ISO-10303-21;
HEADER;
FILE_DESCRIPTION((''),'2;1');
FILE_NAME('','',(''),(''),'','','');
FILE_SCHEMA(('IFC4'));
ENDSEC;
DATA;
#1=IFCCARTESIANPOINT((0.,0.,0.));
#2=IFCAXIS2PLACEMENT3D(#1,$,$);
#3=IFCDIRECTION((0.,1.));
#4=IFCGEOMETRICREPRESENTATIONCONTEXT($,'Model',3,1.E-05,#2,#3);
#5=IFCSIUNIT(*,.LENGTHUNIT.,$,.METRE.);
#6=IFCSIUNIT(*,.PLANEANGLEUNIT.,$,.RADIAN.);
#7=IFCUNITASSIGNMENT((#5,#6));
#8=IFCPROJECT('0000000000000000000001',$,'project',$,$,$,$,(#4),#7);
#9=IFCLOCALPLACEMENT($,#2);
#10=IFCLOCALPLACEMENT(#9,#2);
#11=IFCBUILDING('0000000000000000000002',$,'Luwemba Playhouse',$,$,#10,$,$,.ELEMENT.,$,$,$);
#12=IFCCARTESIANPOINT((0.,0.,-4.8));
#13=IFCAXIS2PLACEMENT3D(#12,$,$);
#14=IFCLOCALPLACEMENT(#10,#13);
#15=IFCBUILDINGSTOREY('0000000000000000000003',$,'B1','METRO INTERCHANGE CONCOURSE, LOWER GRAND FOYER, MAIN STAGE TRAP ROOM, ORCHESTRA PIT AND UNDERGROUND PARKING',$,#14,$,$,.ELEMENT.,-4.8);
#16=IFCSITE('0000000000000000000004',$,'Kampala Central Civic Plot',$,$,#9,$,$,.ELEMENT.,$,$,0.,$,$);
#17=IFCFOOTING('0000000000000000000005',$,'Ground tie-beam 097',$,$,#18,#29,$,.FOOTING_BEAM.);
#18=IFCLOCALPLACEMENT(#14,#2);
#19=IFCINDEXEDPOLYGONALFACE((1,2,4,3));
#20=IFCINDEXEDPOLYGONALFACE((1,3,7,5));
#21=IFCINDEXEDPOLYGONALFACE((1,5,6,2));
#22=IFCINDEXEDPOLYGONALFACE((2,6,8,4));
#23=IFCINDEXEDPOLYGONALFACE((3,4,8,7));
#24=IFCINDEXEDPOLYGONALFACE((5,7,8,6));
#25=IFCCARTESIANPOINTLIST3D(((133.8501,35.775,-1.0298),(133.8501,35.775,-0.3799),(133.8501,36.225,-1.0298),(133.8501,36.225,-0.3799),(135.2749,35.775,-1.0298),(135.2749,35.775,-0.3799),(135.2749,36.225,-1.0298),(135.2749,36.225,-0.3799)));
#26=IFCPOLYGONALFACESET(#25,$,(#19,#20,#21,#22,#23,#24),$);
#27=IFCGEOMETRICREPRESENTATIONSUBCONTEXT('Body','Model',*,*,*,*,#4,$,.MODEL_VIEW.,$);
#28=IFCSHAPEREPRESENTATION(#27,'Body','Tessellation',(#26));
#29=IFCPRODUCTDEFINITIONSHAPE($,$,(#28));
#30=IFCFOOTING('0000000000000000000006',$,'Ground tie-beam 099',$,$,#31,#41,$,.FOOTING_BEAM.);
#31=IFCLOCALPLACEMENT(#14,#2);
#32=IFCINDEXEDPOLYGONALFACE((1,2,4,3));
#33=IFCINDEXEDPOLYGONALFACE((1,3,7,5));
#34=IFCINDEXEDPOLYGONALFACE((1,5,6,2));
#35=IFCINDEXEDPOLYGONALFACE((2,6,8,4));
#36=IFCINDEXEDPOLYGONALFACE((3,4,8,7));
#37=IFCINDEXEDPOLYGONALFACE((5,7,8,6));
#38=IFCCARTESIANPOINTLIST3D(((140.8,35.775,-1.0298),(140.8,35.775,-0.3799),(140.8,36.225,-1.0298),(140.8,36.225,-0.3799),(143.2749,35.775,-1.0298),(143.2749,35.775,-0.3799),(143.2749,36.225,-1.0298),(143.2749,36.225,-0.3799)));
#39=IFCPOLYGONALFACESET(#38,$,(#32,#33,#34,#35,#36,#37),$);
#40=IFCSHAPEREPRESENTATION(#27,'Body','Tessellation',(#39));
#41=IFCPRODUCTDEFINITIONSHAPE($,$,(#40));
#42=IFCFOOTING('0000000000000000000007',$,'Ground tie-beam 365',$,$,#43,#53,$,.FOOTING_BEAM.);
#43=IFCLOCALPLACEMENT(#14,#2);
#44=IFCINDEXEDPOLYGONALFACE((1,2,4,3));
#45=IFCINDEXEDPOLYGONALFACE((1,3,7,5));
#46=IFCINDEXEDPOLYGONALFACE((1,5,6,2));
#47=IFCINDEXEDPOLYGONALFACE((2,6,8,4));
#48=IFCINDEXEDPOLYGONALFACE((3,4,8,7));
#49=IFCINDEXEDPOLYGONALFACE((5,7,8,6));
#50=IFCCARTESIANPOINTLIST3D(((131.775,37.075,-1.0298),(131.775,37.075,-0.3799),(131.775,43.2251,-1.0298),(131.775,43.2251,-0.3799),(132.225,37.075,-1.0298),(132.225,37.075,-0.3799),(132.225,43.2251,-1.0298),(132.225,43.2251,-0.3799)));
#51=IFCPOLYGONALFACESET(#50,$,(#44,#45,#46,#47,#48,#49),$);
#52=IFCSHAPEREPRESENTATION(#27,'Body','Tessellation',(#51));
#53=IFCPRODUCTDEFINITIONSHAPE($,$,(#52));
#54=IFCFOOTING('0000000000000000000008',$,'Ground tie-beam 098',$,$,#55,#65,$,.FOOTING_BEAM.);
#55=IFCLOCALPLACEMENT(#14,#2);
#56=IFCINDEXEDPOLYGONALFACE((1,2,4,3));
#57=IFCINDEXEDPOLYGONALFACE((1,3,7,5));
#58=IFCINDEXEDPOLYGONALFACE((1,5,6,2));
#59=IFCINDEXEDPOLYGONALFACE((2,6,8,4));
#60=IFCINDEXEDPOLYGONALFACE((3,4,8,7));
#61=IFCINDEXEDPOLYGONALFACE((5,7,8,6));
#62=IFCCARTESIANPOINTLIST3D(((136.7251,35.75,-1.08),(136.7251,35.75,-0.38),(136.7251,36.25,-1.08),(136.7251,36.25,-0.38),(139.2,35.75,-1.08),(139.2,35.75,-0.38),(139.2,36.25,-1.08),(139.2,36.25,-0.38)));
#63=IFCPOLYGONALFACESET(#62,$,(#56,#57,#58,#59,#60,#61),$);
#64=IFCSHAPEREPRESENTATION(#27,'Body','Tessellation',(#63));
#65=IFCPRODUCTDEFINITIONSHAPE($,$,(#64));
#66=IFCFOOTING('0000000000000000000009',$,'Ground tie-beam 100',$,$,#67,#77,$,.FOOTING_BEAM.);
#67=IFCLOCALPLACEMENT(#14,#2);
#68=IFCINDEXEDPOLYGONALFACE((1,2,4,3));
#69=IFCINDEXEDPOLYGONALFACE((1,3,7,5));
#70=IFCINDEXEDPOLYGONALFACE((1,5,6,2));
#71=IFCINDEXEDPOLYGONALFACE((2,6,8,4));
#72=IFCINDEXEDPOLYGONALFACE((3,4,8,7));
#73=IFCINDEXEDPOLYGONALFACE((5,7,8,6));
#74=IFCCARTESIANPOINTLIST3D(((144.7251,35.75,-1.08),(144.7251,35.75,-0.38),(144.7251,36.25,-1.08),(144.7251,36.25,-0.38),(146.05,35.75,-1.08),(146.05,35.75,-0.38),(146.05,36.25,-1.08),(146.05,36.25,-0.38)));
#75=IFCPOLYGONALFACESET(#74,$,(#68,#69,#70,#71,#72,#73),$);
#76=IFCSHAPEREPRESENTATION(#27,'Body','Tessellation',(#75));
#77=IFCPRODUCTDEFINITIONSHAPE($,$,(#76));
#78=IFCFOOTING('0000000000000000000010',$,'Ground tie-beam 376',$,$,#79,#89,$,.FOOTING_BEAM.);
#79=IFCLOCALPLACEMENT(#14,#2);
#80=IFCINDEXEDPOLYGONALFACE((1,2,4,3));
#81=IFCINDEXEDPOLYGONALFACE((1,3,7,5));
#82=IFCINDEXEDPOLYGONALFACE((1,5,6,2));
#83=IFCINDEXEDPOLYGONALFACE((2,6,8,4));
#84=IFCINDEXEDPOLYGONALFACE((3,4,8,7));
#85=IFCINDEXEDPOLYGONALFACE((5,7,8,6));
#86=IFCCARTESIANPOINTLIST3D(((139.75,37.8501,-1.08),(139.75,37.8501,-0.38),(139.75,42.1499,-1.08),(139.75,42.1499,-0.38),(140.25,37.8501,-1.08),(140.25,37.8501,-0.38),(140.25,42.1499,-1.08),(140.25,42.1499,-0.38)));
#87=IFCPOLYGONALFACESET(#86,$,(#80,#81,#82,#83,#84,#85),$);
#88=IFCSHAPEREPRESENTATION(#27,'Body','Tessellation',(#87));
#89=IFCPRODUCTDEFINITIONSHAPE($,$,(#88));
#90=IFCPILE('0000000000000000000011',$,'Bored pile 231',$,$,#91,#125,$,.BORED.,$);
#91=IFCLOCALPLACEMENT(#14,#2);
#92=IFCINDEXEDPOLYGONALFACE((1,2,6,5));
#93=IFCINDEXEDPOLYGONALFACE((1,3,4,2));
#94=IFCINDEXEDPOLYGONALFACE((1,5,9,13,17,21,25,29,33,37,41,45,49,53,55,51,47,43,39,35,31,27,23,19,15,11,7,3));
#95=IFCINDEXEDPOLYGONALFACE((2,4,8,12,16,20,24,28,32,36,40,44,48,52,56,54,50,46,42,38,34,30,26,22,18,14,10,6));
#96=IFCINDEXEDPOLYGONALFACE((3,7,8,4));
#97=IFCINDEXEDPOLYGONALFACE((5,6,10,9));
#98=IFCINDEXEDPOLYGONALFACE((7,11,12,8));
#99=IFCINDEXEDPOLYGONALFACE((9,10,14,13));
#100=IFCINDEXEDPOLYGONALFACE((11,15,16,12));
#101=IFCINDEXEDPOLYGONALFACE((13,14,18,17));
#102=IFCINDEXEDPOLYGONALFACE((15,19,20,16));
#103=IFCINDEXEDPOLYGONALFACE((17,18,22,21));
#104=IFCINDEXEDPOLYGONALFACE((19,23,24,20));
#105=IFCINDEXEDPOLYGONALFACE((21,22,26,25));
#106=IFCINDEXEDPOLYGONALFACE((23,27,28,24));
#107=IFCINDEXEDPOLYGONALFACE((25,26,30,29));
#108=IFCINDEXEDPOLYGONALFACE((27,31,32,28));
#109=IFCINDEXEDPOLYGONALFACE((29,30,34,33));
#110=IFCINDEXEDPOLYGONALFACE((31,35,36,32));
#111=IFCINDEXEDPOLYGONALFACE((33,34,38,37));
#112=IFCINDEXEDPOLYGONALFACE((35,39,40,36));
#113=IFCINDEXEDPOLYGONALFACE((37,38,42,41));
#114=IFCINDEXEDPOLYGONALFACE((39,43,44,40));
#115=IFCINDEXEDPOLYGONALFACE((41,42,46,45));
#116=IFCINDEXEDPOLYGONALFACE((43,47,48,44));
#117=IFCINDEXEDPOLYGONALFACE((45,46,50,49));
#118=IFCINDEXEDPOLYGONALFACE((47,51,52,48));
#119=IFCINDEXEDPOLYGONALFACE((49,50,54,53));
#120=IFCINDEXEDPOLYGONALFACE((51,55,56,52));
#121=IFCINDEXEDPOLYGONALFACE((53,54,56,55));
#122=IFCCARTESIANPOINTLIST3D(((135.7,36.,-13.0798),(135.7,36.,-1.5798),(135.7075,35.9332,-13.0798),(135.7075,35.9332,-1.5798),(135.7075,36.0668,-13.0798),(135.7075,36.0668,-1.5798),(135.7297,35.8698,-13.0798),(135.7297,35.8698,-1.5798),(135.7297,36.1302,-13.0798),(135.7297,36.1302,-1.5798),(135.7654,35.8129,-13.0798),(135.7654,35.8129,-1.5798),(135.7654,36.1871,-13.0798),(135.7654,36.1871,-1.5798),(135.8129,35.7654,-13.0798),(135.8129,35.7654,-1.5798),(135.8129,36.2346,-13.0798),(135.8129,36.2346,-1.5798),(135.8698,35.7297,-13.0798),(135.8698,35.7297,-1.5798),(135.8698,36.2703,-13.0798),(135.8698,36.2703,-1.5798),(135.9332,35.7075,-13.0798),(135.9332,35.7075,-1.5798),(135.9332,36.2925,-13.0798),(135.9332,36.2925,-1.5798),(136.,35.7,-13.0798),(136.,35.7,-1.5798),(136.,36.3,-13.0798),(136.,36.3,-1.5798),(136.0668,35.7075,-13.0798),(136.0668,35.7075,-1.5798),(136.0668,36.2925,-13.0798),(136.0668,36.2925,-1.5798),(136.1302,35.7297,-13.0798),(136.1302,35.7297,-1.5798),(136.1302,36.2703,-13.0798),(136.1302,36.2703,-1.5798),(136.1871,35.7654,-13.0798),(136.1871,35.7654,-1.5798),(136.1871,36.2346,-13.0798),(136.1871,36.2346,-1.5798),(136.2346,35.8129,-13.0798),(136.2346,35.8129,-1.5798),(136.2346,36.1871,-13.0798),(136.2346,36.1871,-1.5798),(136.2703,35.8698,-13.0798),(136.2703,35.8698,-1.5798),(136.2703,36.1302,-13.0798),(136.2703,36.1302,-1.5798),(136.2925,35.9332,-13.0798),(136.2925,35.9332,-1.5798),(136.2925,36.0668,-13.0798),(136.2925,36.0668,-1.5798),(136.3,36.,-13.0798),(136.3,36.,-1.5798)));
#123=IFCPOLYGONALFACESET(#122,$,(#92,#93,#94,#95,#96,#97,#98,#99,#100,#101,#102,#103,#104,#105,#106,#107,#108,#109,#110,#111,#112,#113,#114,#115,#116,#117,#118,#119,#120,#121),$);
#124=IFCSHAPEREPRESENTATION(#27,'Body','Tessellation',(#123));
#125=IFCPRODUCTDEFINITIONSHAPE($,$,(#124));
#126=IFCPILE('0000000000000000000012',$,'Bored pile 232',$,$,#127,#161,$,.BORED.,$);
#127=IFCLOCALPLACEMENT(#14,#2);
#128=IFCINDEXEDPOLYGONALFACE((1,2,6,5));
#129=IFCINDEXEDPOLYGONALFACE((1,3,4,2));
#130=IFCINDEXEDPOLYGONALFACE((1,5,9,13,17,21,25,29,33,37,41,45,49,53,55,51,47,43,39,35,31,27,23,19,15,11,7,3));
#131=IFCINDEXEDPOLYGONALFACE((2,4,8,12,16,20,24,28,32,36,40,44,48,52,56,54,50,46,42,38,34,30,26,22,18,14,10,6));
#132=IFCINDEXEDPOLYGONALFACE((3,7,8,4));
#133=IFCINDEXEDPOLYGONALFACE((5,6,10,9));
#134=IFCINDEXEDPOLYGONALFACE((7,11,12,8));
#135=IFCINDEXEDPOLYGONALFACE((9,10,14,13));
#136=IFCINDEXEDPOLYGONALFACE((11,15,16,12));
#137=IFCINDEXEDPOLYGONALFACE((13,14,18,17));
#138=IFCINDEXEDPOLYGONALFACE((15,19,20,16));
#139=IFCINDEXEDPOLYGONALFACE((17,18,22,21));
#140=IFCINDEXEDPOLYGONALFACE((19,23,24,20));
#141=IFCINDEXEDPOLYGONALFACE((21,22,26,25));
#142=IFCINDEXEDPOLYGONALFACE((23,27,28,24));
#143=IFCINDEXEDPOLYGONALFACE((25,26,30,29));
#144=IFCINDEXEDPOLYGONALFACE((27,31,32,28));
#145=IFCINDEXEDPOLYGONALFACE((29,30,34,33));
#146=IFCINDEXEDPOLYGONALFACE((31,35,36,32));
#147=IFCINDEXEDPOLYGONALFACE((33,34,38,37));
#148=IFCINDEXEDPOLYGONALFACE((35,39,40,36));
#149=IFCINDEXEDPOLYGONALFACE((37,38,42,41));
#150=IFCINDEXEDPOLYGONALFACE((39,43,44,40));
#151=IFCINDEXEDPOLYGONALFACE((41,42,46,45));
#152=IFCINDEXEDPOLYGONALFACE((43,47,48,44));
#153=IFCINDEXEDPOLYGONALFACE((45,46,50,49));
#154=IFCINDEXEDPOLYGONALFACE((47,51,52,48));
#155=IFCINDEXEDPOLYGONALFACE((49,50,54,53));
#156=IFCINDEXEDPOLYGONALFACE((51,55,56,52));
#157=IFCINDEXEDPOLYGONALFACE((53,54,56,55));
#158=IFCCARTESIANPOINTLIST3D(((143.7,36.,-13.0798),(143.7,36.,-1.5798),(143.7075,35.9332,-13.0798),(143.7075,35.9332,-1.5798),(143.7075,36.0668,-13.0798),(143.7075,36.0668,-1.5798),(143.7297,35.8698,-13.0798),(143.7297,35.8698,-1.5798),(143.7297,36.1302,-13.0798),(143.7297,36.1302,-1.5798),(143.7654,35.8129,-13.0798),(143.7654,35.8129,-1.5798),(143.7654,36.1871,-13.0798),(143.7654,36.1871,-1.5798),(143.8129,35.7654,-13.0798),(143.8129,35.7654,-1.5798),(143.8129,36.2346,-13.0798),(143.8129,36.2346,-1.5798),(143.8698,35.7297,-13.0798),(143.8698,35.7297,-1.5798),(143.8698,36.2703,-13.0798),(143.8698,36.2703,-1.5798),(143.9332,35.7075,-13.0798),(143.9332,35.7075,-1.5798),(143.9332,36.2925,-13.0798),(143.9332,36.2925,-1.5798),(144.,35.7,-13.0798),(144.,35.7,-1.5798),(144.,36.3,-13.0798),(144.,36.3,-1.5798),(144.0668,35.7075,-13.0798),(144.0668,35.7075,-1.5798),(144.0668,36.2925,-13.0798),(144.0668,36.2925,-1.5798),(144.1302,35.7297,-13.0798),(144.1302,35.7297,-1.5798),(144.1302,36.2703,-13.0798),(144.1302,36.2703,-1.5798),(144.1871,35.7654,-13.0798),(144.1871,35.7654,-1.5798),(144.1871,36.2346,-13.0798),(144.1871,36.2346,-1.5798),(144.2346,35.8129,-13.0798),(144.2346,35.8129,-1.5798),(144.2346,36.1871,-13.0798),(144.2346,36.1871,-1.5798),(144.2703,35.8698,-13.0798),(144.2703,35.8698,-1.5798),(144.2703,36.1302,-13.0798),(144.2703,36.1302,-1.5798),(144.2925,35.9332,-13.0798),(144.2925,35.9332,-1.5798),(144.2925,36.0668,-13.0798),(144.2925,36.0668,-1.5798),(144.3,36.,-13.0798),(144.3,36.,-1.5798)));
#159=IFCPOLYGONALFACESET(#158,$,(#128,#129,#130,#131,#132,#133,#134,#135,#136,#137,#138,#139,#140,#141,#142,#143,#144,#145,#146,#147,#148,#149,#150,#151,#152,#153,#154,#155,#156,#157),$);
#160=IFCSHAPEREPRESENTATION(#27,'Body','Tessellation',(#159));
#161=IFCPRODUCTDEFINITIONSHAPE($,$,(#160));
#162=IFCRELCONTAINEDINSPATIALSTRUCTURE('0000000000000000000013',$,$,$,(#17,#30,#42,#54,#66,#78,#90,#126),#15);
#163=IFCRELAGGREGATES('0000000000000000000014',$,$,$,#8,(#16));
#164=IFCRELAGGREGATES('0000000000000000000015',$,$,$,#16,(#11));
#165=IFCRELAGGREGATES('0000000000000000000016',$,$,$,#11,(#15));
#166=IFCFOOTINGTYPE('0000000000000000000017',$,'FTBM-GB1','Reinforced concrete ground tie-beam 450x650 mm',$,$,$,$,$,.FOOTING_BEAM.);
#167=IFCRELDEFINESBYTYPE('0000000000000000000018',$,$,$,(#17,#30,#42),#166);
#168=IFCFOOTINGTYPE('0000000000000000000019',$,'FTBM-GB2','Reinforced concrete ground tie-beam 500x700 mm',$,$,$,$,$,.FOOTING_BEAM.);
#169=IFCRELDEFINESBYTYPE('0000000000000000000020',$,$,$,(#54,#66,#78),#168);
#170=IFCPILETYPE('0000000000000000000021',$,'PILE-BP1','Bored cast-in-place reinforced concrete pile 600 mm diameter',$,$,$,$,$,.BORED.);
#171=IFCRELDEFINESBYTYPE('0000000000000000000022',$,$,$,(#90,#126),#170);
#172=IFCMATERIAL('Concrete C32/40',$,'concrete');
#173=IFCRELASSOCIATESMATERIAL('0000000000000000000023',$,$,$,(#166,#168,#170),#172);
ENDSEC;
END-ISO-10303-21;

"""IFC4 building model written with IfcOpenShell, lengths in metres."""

from ifc_helpers import new_model, si_unit, direction, frame, origin, origin_2d, place, context, subcontext, project, spatial, rectangle, circle, extrude, material, material_profile, profile_set, type_object, element, save


model = new_model("IFC4")

# Units and contexts
model_context = context("Model", 3, precision=1e-05, world=origin(), true_north=direction((0.0, 1.0)))
body_context = subcontext(model_context, "Body", "Model", "MODEL_VIEW")
ifc_project = project(units=[si_unit("LENGTHUNIT", "METRE"), si_unit("PLANEANGLEUNIT", "RADIAN")], contexts=[model_context])

# Site, building, storey
site_placement = place(None, origin())
site = spatial("IfcSite", under=ifc_project, at=site_placement, Name="Kampala Central Civic Plot", CompositionType="ELEMENT", RefElevation=0.0)
building_placement = place(site_placement, origin())
building = spatial("IfcBuilding", under=site, at=building_placement, Name="Luwemba Playhouse", CompositionType="ELEMENT")
storey_placement = place(building_placement, frame((0.0, 0.0, -4.8)))
storey = spatial("IfcBuildingStorey", under=building, at=storey_placement, Name="B1", Description="METRO INTERCHANGE CONCOURSE, LOWER GRAND FOYER, MAIN STAGE TRAP ROOM, ORCHESTRA PIT AND UNDERGROUND PARKING", CompositionType="ELEMENT", Elevation=-4.8)

# Footings
ifc_material_1 = material(Name="Concrete C32/40", Category="concrete")
ifc_material_profile_1 = material_profile(ifc_material_1, rectangle(XDim=0.45, YDim=0.6499, at=origin_2d()))
ifc_profile_set_1 = profile_set([ifc_material_profile_1], Name="Concrete C32/40")
footing_type_1 = type_object("IfcFootingType", Name="FTBM-GB1", Description="Reinforced concrete ground tie-beam 450x650 mm", PredefinedType="FOOTING_BEAM", material=ifc_profile_set_1)
footing_1_placement = place(storey_placement, frame((133.8501, 36.0, -0.7048), z_axis=(1.0, 0.0, 0.0), x_axis=(0.0, 1.0, 0.0)))
element("IfcFooting", 1, at=footing_1_placement, inside=storey, type_object=footing_type_1, Name="Ground tie-beam 097", PredefinedType="FOOTING_BEAM", context=body_context, shape_type="SweptSolid", body=[
    extrude(rectangle(XDim=0.45, YDim=0.6499, at=origin_2d()), origin(), (0.0, 0.0, 1.0), 1.4248),
])
footing_2_placement = place(storey_placement, frame((140.8, 36.0, -0.7048), z_axis=(1.0, 0.0, 0.0), x_axis=(0.0, 1.0, 0.0)))
element("IfcFooting", 2, at=footing_2_placement, inside=storey, type_object=footing_type_1, Name="Ground tie-beam 099", PredefinedType="FOOTING_BEAM", context=body_context, shape_type="SweptSolid", body=[
    extrude(rectangle(XDim=0.45, YDim=0.6499, at=origin_2d()), origin(), (0.0, 0.0, 1.0), 2.4749),
])
footing_3_placement = place(storey_placement, frame((132.0, 37.075, -0.7048), z_axis=(0.0, 1.0, 0.0), x_axis=(-1.0, 0.0, 0.0)))
element("IfcFooting", 3, at=footing_3_placement, inside=storey, type_object=footing_type_1, Name="Ground tie-beam 365", PredefinedType="FOOTING_BEAM", context=body_context, shape_type="SweptSolid", body=[
    extrude(rectangle(XDim=0.45, YDim=0.6499, at=origin_2d()), origin(), (0.0, 0.0, 1.0), 6.1501),
])
ifc_material_profile_2 = material_profile(ifc_material_1, rectangle(XDim=0.5, YDim=0.7, at=origin_2d()))
ifc_profile_set_2 = profile_set([ifc_material_profile_2], Name="Concrete C32/40")
footing_type_2 = type_object("IfcFootingType", Name="FTBM-GB2", Description="Reinforced concrete ground tie-beam 500x700 mm", PredefinedType="FOOTING_BEAM", material=ifc_profile_set_2)
footing_4_placement = place(storey_placement, frame((136.7251, 36.0, -0.73), z_axis=(1.0, 0.0, 0.0), x_axis=(0.0, 1.0, 0.0)))
element("IfcFooting", 4, at=footing_4_placement, inside=storey, type_object=footing_type_2, Name="Ground tie-beam 098", PredefinedType="FOOTING_BEAM", context=body_context, shape_type="SweptSolid", body=[
    extrude(rectangle(XDim=0.5, YDim=0.7, at=origin_2d()), origin(), (0.0, 0.0, 1.0), 2.4749),
])
footing_5_placement = place(storey_placement, frame((144.7251, 36.0, -0.73), z_axis=(1.0, 0.0, 0.0), x_axis=(0.0, 1.0, 0.0)))
element("IfcFooting", 5, at=footing_5_placement, inside=storey, type_object=footing_type_2, Name="Ground tie-beam 100", PredefinedType="FOOTING_BEAM", context=body_context, shape_type="SweptSolid", body=[
    extrude(rectangle(XDim=0.5, YDim=0.7, at=origin_2d()), origin(), (0.0, 0.0, 1.0), 1.325),
])
footing_6_placement = place(storey_placement, frame((140.0, 37.8501, -0.73), z_axis=(0.0, 1.0, 0.0), x_axis=(-1.0, 0.0, 0.0)))
element("IfcFooting", 6, at=footing_6_placement, inside=storey, type_object=footing_type_2, Name="Ground tie-beam 376", PredefinedType="FOOTING_BEAM", context=body_context, shape_type="SweptSolid", body=[
    extrude(rectangle(XDim=0.5, YDim=0.7, at=origin_2d()), origin(), (0.0, 0.0, 1.0), 4.2998),
])

# Piles
ifc_material_profile_3 = material_profile(ifc_material_1, circle(Radius=0.3, at=origin_2d()))
ifc_profile_set_3 = profile_set([ifc_material_profile_3], Name="Concrete C32/40")
pile_type_1 = type_object("IfcPileType", Name="PILE-BP1", Description="Bored cast-in-place reinforced concrete pile 600 mm diameter", PredefinedType="BORED", material=ifc_profile_set_3)
for number, where, z_axis, x_axis, name in (
    (7, (136.0, 36.0, -1.5798), (0.0, 0.0, -1.0), (1.0, 0.0, 0.0), "Bored pile 231"),
    (8, (144.0, 36.0, -1.5798), (0.0, 0.0, -1.0), (1.0, 0.0, 0.0), "Bored pile 232"),
):
    element("IfcPile", number, at=place(storey_placement, frame(where, z_axis=z_axis, x_axis=x_axis)), inside=storey, type_object=pile_type_1, Name=name, PredefinedType="BORED", context=body_context, shape_type="SweptSolid", body=[
        extrude(circle(Radius=0.3, at=origin_2d()), origin(), (0.0, 0.0, 1.0), 11.5),
    ])

save(model, "model.ifc")
